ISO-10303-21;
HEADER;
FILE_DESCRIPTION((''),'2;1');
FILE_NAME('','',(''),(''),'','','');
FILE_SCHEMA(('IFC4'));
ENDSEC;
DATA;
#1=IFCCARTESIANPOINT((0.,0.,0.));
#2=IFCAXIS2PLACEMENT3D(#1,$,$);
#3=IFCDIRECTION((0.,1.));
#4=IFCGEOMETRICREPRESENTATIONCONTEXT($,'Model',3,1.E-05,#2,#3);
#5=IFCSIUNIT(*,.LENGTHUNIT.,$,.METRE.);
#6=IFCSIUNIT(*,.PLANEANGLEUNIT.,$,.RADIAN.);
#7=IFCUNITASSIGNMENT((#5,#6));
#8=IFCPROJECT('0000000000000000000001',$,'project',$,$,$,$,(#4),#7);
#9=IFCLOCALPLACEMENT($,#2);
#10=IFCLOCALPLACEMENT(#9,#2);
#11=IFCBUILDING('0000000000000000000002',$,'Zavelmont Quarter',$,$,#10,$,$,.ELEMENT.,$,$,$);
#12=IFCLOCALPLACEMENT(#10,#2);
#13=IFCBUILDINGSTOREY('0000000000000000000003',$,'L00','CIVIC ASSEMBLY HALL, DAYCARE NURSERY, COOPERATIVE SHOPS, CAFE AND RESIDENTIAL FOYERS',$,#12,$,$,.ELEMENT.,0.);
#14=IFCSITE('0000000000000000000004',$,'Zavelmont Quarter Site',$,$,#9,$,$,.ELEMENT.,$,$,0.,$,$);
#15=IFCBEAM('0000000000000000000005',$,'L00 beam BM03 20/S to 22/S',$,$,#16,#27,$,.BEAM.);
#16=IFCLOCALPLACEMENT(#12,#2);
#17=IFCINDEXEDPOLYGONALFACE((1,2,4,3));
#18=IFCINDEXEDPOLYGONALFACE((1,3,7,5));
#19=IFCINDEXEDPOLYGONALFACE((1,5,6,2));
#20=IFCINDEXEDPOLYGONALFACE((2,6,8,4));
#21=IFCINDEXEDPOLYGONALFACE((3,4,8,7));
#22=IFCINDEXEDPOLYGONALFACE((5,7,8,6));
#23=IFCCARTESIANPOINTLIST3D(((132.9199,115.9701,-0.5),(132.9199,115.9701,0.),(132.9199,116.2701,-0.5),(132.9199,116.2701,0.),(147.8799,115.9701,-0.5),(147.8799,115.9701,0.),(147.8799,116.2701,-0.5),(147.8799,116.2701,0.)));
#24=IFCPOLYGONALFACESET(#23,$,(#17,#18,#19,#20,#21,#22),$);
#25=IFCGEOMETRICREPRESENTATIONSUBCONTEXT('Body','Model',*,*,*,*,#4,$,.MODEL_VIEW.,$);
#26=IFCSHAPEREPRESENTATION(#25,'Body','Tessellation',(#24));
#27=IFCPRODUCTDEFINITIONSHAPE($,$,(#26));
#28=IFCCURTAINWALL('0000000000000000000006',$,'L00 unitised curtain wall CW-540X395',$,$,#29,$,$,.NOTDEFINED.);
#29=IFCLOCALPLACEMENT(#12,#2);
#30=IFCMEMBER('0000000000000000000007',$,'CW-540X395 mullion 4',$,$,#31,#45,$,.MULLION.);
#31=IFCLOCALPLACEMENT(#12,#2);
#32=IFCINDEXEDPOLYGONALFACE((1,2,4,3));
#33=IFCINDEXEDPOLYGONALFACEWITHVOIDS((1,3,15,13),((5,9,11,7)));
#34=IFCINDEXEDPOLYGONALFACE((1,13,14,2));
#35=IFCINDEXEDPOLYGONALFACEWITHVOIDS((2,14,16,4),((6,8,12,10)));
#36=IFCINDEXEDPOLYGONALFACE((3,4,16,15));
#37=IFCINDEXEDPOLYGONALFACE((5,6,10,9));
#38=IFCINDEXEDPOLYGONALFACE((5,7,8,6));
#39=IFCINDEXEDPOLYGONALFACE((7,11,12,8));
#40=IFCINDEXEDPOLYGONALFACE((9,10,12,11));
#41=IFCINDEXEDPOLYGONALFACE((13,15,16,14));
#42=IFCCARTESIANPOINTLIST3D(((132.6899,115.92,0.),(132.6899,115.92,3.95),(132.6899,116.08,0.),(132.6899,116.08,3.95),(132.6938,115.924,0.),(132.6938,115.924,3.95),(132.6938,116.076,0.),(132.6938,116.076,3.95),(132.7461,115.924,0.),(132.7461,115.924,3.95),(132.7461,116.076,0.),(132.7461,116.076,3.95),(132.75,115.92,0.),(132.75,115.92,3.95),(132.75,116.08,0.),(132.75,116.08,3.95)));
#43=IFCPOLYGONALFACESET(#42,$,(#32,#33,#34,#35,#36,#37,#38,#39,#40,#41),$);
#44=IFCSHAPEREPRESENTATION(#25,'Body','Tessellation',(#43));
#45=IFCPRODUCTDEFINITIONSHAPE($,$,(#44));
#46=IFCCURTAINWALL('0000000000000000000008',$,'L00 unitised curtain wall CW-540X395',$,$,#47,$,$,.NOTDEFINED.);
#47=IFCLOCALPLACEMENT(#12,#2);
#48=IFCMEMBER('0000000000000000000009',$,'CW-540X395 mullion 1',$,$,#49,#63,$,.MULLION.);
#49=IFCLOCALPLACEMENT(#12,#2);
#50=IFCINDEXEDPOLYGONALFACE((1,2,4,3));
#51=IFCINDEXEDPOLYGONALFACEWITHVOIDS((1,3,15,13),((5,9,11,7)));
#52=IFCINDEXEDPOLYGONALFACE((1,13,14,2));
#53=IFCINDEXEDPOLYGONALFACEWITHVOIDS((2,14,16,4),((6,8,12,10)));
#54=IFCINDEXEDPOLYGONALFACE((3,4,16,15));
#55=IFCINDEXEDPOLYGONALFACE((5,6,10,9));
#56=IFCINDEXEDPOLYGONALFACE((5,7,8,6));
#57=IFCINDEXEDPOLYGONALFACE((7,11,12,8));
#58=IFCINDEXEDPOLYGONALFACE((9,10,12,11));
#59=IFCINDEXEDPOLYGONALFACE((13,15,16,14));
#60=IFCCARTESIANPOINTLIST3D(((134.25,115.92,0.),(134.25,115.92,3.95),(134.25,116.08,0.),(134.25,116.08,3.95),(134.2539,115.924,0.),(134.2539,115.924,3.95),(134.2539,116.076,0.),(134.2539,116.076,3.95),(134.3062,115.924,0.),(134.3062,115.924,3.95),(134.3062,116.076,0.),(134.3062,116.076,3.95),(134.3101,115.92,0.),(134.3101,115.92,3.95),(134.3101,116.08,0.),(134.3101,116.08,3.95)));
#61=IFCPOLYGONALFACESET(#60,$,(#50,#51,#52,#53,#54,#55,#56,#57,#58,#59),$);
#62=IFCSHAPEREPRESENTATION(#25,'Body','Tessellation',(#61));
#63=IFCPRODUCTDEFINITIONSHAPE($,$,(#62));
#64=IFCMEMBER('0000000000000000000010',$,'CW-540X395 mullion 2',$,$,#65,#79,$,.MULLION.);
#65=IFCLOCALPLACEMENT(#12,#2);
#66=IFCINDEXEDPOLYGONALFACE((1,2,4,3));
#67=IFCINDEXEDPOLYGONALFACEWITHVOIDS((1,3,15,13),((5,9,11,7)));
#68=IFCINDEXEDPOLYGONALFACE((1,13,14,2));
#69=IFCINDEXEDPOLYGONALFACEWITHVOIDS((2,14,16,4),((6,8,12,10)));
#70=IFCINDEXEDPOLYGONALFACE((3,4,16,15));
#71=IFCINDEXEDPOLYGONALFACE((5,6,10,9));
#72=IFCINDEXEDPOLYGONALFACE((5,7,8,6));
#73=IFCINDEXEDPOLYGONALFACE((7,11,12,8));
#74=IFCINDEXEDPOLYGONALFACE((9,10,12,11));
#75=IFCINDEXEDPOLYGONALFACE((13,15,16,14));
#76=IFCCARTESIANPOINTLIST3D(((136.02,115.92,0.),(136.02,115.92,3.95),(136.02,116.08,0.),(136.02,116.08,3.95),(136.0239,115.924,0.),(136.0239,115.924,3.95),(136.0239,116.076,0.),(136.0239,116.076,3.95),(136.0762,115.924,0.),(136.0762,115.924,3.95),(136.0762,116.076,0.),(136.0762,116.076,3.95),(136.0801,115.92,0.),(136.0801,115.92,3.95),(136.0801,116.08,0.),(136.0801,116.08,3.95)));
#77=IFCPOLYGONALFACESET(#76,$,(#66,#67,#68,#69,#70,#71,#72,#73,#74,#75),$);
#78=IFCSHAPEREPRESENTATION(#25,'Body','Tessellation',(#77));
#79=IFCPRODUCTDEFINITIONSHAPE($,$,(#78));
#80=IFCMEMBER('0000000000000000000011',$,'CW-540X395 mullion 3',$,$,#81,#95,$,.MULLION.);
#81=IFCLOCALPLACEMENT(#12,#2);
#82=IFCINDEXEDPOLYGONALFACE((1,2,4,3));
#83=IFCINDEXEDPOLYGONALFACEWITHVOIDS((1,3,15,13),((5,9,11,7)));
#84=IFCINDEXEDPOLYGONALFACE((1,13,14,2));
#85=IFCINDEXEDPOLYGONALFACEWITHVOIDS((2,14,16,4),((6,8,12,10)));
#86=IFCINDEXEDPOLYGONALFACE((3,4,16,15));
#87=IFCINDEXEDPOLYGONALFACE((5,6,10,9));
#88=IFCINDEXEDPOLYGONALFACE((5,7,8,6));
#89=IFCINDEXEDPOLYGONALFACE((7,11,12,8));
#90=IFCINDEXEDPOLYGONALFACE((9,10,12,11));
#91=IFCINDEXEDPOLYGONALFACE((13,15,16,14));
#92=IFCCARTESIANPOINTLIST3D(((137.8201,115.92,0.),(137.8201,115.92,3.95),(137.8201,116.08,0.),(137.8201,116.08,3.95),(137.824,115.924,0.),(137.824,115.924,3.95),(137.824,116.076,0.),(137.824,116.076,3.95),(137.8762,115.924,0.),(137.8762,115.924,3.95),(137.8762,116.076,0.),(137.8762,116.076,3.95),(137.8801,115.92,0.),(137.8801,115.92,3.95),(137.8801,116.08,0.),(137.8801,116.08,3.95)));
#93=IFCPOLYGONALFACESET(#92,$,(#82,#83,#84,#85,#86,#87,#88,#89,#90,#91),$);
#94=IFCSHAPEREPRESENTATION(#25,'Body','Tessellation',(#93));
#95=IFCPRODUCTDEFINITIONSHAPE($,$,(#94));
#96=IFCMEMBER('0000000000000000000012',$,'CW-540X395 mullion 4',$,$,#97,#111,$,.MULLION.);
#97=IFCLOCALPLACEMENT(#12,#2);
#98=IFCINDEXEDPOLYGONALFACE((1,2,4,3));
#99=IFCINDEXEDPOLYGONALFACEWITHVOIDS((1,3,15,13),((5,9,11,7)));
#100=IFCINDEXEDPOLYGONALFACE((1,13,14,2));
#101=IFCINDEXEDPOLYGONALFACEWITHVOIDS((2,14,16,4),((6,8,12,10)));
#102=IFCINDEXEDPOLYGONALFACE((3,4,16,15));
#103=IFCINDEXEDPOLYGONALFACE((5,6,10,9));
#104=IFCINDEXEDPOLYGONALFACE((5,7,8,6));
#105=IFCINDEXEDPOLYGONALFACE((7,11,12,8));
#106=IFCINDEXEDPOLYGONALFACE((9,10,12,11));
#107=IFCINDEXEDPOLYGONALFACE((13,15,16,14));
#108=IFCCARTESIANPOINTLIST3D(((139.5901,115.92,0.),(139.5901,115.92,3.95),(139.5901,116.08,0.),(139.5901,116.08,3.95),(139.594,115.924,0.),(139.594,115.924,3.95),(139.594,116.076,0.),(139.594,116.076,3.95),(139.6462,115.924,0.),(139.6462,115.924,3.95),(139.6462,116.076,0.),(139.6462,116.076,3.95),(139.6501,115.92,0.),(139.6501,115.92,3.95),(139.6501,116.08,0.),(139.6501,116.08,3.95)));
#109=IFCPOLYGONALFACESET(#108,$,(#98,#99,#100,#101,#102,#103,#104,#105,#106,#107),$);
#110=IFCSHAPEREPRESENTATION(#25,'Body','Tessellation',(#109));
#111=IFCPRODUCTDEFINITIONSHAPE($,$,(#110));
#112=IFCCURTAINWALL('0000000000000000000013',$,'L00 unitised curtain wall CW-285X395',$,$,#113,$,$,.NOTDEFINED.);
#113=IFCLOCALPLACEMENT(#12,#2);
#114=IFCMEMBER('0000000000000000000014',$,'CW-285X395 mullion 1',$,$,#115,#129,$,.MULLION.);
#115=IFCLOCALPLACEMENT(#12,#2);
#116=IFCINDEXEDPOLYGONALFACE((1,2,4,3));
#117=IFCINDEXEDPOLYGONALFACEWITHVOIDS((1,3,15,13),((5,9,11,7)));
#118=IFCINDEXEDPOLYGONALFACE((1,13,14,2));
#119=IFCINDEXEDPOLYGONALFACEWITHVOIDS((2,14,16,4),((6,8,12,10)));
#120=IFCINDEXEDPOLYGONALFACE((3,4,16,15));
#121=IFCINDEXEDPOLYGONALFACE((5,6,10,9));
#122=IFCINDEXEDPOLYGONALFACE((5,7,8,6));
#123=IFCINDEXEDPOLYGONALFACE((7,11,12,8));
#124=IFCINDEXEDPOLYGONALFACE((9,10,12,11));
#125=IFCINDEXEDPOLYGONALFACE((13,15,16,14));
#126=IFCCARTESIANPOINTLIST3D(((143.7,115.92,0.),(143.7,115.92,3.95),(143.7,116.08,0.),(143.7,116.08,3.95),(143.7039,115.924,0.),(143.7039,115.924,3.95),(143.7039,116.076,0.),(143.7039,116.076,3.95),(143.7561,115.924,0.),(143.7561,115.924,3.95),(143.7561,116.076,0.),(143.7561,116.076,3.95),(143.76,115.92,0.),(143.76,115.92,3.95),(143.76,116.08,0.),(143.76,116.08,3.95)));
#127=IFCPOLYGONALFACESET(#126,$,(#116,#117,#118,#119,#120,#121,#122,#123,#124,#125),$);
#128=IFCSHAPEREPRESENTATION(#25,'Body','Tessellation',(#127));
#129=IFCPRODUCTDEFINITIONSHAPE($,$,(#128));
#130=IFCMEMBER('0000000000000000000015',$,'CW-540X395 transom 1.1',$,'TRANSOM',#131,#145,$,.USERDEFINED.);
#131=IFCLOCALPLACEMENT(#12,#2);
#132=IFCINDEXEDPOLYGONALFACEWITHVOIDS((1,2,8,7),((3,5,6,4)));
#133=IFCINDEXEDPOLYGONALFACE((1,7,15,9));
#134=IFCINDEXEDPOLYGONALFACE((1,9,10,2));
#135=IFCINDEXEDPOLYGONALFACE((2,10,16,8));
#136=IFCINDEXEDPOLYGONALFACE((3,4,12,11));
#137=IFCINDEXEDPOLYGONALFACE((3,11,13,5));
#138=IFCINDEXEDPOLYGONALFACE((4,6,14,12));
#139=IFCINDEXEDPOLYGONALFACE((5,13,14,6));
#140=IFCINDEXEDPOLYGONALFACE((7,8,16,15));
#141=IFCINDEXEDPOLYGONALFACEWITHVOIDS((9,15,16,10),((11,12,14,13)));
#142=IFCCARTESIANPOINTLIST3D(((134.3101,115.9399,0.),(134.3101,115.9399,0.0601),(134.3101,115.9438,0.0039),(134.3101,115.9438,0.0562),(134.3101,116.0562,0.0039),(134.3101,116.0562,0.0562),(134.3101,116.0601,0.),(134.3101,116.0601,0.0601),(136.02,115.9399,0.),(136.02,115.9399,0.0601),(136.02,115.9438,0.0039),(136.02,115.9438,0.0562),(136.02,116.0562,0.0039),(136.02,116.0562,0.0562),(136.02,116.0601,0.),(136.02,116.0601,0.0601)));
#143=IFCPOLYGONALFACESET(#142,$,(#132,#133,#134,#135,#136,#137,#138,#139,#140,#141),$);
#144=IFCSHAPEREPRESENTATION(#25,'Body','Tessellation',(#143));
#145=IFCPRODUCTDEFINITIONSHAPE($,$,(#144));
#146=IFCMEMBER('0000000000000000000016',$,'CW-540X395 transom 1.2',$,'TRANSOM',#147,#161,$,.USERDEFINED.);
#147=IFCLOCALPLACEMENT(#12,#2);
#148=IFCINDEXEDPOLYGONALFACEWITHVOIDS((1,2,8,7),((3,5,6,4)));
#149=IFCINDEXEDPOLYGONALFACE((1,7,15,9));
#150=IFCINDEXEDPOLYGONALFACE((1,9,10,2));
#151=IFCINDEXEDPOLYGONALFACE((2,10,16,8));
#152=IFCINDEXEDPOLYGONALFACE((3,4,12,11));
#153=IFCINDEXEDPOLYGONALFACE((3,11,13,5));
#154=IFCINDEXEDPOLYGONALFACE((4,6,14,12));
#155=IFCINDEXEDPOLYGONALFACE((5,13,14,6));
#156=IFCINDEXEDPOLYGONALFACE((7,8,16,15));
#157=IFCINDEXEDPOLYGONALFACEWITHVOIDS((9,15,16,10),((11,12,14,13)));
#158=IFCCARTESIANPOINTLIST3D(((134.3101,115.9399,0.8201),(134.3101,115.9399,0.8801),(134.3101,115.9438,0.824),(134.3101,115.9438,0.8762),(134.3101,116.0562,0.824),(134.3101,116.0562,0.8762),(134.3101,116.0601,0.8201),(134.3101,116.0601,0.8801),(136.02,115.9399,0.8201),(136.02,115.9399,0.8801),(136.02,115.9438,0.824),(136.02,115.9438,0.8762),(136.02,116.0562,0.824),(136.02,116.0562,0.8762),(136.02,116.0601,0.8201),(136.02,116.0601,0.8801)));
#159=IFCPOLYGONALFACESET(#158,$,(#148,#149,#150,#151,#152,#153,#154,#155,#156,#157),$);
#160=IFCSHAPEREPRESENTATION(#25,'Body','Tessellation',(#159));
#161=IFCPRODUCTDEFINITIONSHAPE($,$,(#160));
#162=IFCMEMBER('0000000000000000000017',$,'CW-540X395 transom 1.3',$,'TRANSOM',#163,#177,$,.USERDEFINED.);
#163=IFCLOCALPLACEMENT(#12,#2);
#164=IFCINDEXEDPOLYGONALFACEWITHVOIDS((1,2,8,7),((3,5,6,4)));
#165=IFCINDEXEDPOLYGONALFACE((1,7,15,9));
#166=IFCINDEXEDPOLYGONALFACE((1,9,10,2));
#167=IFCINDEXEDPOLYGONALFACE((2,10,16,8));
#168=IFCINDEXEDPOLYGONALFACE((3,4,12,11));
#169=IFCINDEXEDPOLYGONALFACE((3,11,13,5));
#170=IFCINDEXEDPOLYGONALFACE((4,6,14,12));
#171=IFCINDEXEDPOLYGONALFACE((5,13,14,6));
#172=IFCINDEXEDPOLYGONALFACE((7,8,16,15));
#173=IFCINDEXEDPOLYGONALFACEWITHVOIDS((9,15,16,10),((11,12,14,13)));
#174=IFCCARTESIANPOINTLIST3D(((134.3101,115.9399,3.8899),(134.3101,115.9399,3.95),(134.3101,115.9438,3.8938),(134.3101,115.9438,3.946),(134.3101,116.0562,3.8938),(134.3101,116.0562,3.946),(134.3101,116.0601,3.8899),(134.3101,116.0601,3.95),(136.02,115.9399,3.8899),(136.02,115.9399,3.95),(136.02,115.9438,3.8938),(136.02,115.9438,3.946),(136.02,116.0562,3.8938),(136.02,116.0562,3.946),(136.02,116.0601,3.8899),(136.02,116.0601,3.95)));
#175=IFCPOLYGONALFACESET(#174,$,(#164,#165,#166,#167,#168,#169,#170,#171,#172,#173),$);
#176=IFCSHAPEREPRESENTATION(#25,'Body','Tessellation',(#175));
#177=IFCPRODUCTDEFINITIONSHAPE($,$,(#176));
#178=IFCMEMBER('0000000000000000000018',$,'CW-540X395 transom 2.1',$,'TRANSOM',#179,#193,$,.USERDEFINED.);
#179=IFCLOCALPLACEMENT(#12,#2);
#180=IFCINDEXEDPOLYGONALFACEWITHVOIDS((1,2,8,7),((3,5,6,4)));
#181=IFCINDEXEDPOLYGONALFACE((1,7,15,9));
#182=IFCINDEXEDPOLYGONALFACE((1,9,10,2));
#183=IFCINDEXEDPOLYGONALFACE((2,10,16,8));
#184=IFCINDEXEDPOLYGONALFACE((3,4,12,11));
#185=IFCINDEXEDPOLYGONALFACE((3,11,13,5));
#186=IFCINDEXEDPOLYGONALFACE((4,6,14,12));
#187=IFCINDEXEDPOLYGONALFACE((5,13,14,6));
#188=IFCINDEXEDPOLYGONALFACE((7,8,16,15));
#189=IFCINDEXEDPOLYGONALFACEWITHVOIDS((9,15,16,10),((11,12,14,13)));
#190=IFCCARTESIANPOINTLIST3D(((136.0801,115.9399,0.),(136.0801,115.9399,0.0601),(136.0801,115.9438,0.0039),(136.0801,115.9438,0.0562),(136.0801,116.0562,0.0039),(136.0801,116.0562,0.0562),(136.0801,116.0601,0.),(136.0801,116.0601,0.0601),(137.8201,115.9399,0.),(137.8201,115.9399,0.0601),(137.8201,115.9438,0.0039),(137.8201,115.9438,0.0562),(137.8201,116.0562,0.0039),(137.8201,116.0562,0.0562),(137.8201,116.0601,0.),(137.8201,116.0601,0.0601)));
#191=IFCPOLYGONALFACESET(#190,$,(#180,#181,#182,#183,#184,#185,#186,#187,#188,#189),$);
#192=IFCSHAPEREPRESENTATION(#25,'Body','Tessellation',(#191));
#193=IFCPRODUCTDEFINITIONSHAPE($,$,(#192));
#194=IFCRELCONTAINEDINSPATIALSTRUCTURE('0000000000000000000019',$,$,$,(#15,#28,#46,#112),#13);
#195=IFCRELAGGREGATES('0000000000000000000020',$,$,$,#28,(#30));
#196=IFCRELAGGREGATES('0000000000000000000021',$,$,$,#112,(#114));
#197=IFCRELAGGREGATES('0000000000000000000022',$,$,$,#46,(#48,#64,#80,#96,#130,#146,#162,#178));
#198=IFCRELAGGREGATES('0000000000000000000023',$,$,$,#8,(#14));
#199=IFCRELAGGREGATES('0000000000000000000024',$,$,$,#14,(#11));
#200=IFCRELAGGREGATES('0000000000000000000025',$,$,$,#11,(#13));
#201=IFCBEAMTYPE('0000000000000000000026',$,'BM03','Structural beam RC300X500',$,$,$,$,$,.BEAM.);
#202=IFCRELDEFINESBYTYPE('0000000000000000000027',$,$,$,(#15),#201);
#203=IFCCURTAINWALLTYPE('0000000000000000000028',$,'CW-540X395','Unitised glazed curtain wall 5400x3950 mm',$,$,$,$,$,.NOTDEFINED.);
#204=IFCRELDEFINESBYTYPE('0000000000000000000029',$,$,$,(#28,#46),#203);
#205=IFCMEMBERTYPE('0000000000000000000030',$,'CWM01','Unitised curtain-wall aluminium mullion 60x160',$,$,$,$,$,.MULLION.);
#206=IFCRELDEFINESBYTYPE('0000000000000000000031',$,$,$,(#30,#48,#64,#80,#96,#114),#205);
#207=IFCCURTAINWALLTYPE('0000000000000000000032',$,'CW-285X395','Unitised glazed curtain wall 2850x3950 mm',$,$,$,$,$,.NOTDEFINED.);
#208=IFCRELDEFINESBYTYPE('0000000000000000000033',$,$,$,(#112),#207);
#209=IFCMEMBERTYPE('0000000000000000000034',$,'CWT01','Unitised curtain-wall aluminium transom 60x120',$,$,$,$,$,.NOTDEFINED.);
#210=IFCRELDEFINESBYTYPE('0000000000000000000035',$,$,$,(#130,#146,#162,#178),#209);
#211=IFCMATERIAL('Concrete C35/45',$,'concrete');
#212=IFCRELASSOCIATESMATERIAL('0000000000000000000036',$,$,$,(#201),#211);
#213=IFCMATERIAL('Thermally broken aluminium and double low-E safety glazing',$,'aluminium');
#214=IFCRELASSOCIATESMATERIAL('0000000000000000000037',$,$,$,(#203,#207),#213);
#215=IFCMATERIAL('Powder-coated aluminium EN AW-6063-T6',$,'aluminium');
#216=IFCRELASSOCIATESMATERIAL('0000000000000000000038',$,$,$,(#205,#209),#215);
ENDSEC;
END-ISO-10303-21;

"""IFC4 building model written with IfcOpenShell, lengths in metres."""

from ifc_helpers import new_model, si_unit, direction, frame, origin, origin_2d, place, context, subcontext, project, spatial, rectangle, hollow_rectangle, extrude, material, material_profile, profile_set, type_object, element, aggregate, save


model = new_model("IFC4")

# Units and contexts
model_context = context("Model", 3, precision=1e-05, world=origin(), true_north=direction((0.0, 1.0)))
body_context = subcontext(model_context, "Body", "Model", "MODEL_VIEW")
ifc_project = project(units=[si_unit("LENGTHUNIT", "METRE"), si_unit("PLANEANGLEUNIT", "RADIAN")], contexts=[model_context])

# Site, building, storey
site_placement = place(None, origin())
site = spatial("IfcSite", under=ifc_project, at=site_placement, Name="Zavelmont Quarter Site", CompositionType="ELEMENT", RefElevation=0.0)
building_placement = place(site_placement, origin())
building = spatial("IfcBuilding", under=site, at=building_placement, Name="Zavelmont Quarter", CompositionType="ELEMENT")
storey_placement = place(building_placement, origin())
storey = spatial("IfcBuildingStorey", under=building, at=storey_placement, Name="L00", Description="CIVIC ASSEMBLY HALL, DAYCARE NURSERY, COOPERATIVE SHOPS, CAFE AND RESIDENTIAL FOYERS", CompositionType="ELEMENT", Elevation=0.0)

# Beam
ifc_material_1 = material(Name="Concrete C35/45", Category="concrete")
ifc_material_profile_1 = material_profile(ifc_material_1, rectangle(XDim=0.3, YDim=0.5, at=origin_2d()), Name="RC300X500")
ifc_profile_set_1 = profile_set([ifc_material_profile_1], Name="Concrete C35/45")
beam_type = type_object("IfcBeamType", Name="BM03", Description="Structural beam RC300X500", PredefinedType="BEAM", material=ifc_profile_set_1)
beam_placement = place(storey_placement, frame((132.9199, 116.1201, -0.25), z_axis=(1.0, 0.0, 0.0), x_axis=(0.0, 1.0, 0.0)))
element("IfcBeam", 1, at=beam_placement, inside=storey, type_object=beam_type, Name="L00 beam BM03 20/S to 22/S", PredefinedType="BEAM", context=body_context, shape_type="SweptSolid", body=[
    extrude(rectangle(XDim=0.3, YDim=0.5, at=origin_2d()), origin(), (0.0, 0.0, 1.0), 14.96),
])

# Curtain wall, member
ifc_material_2 = material(Name="Thermally broken aluminium and double low-E safety glazing", Category="aluminium")
curtain_wall_type_1 = type_object("IfcCurtainWallType", Name="CW-540X395", Description="Unitised glazed curtain wall 5400x3950 mm", PredefinedType="NOTDEFINED", material=ifc_material_2)
curtain_wall_1_placement = place(storey_placement, origin())
curtain_wall_1 = element("IfcCurtainWall", 2, at=curtain_wall_1_placement, inside=storey, type_object=curtain_wall_type_1, Name="L00 unitised curtain wall CW-540X395", PredefinedType="NOTDEFINED")
ifc_material_3 = material(Name="Powder-coated aluminium EN AW-6063-T6", Category="aluminium")
ifc_material_profile_2 = material_profile(ifc_material_3, hollow_rectangle(XDim=0.0601, YDim=0.1599, WallThickness=0.0039, at=origin_2d()), Name="CWM60X160")
ifc_profile_set_2 = profile_set([ifc_material_profile_2], Name="Powder-coated aluminium EN AW-6063-T6")
member_type_1 = type_object("IfcMemberType", Name="CWM01", Description="Unitised curtain-wall aluminium mullion 60x160", PredefinedType="MULLION", material=ifc_profile_set_2)
member_1_placement = place(storey_placement, frame((132.72, 116.0, 0.0), z_axis=(0.0, 0.0, 1.0), x_axis=(1.0, 0.0, 0.0)))
member_1 = element("IfcMember", 3, at=member_1_placement, type_object=member_type_1, Name="CW-540X395 mullion 4", PredefinedType="MULLION", context=body_context, shape_type="SweptSolid", body=[
    extrude(hollow_rectangle(XDim=0.0601, YDim=0.1599, WallThickness=0.0039, at=origin_2d()), origin(), (0.0, 0.0, 1.0), 3.95),
])
aggregate(curtain_wall_1, [member_1])

# Curtain wall, members
curtain_wall_2_placement = place(storey_placement, origin())
curtain_wall_2 = element("IfcCurtainWall", 4, at=curtain_wall_2_placement, inside=storey, type_object=curtain_wall_type_1, Name="L00 unitised curtain wall CW-540X395", PredefinedType="NOTDEFINED")
member_2_placement = place(storey_placement, frame((134.28, 116.0, 0.0), z_axis=(0.0, 0.0, 1.0), x_axis=(1.0, 0.0, 0.0)))
member_2 = element("IfcMember", 5, at=member_2_placement, type_object=member_type_1, Name="CW-540X395 mullion 1", PredefinedType="MULLION", context=body_context, shape_type="SweptSolid", body=[
    extrude(hollow_rectangle(XDim=0.0601, YDim=0.1599, WallThickness=0.0039, at=origin_2d()), origin(), (0.0, 0.0, 1.0), 3.95),
])
member_3_placement = place(storey_placement, frame((136.05, 116.0, 0.0), z_axis=(0.0, 0.0, 1.0), x_axis=(1.0, 0.0, 0.0)))
member_3 = element("IfcMember", 6, at=member_3_placement, type_object=member_type_1, Name="CW-540X395 mullion 2", PredefinedType="MULLION", context=body_context, shape_type="SweptSolid", body=[
    extrude(hollow_rectangle(XDim=0.0601, YDim=0.1599, WallThickness=0.0039, at=origin_2d()), origin(), (0.0, 0.0, 1.0), 3.95),
])
member_4_placement = place(storey_placement, frame((137.8501, 116.0, 0.0), z_axis=(0.0, 0.0, 1.0), x_axis=(1.0, 0.0, 0.0)))
member_4 = element("IfcMember", 7, at=member_4_placement, type_object=member_type_1, Name="CW-540X395 mullion 3", PredefinedType="MULLION", context=body_context, shape_type="SweptSolid", body=[
    extrude(hollow_rectangle(XDim=0.0601, YDim=0.1599, WallThickness=0.0039, at=origin_2d()), origin(), (0.0, 0.0, 1.0), 3.95),
])
member_5_placement = place(storey_placement, frame((139.6201, 116.0, 0.0), z_axis=(0.0, 0.0, 1.0), x_axis=(1.0, 0.0, 0.0)))
member_5 = element("IfcMember", 8, at=member_5_placement, type_object=member_type_1, Name="CW-540X395 mullion 4", PredefinedType="MULLION", context=body_context, shape_type="SweptSolid", body=[
    extrude(hollow_rectangle(XDim=0.0601, YDim=0.1599, WallThickness=0.0039, at=origin_2d()), origin(), (0.0, 0.0, 1.0), 3.95),
])

# Curtain wall, member
curtain_wall_type_2 = type_object("IfcCurtainWallType", Name="CW-285X395", Description="Unitised glazed curtain wall 2850x3950 mm", PredefinedType="NOTDEFINED", material=ifc_material_2)
curtain_wall_3_placement = place(storey_placement, origin())
curtain_wall_3 = element("IfcCurtainWall", 9, at=curtain_wall_3_placement, inside=storey, type_object=curtain_wall_type_2, Name="L00 unitised curtain wall CW-285X395", PredefinedType="NOTDEFINED")
member_6_placement = place(storey_placement, frame((143.73, 116.0, 0.0), z_axis=(0.0, 0.0, 1.0), x_axis=(1.0, 0.0, 0.0)))
member_6 = element("IfcMember", 10, at=member_6_placement, type_object=member_type_1, Name="CW-285X395 mullion 1", PredefinedType="MULLION", context=body_context, shape_type="SweptSolid", body=[
    extrude(hollow_rectangle(XDim=0.0601, YDim=0.1599, WallThickness=0.0039, at=origin_2d()), origin(), (0.0, 0.0, 1.0), 3.95),
])

# Members
ifc_material_profile_3 = material_profile(ifc_material_3, hollow_rectangle(XDim=0.1201, YDim=0.0601, WallThickness=0.0039, at=origin_2d()), Name="CWT60X120")
ifc_profile_set_3 = profile_set([ifc_material_profile_3], Name="Powder-coated aluminium EN AW-6063-T6")
member_type_2 = type_object("IfcMemberType", Name="CWT01", Description="Unitised curtain-wall aluminium transom 60x120", PredefinedType="NOTDEFINED", material=ifc_profile_set_3)
member_7_placement = place(storey_placement, frame((134.3101, 116.0, 0.03), z_axis=(1.0, 0.0, 0.0), x_axis=(0.0, 1.0, 0.0)))
member_7 = element("IfcMember", 11, at=member_7_placement, type_object=member_type_2, Name="CW-540X395 transom 1.1", ObjectType="TRANSOM", PredefinedType="USERDEFINED", context=body_context, shape_type="SweptSolid", body=[
    extrude(hollow_rectangle(XDim=0.1201, YDim=0.0601, WallThickness=0.0039, at=origin_2d()), origin(), (0.0, 0.0, 1.0), 1.71),
])
member_8_placement = place(storey_placement, frame((134.3101, 116.0, 0.8501), z_axis=(1.0, 0.0, 0.0), x_axis=(0.0, 1.0, 0.0)))
member_8 = element("IfcMember", 12, at=member_8_placement, type_object=member_type_2, Name="CW-540X395 transom 1.2", ObjectType="TRANSOM", PredefinedType="USERDEFINED", context=body_context, shape_type="SweptSolid", body=[
    extrude(hollow_rectangle(XDim=0.1201, YDim=0.0601, WallThickness=0.0039, at=origin_2d()), origin(), (0.0, 0.0, 1.0), 1.71),
])
member_9_placement = place(storey_placement, frame((134.3101, 116.0, 3.9199), z_axis=(1.0, 0.0, 0.0), x_axis=(0.0, 1.0, 0.0)))
member_9 = element("IfcMember", 13, at=member_9_placement, type_object=member_type_2, Name="CW-540X395 transom 1.3", ObjectType="TRANSOM", PredefinedType="USERDEFINED", context=body_context, shape_type="SweptSolid", body=[
    extrude(hollow_rectangle(XDim=0.1201, YDim=0.0601, WallThickness=0.0039, at=origin_2d()), origin(), (0.0, 0.0, 1.0), 1.71),
])
member_10_placement = place(storey_placement, frame((136.0801, 116.0, 0.03), z_axis=(1.0, 0.0, 0.0), x_axis=(0.0, 1.0, 0.0)))
member_10 = element("IfcMember", 14, at=member_10_placement, type_object=member_type_2, Name="CW-540X395 transom 2.1", ObjectType="TRANSOM", PredefinedType="USERDEFINED", context=body_context, shape_type="SweptSolid", body=[
    extrude(hollow_rectangle(XDim=0.1201, YDim=0.0601, WallThickness=0.0039, at=origin_2d()), origin(), (0.0, 0.0, 1.0), 1.74),
])
aggregate(curtain_wall_3, [member_6])

aggregate(curtain_wall_2, [member_2, member_3, member_4, member_5, member_7, member_8, member_9, member_10])

save(model, "model.ifc")
